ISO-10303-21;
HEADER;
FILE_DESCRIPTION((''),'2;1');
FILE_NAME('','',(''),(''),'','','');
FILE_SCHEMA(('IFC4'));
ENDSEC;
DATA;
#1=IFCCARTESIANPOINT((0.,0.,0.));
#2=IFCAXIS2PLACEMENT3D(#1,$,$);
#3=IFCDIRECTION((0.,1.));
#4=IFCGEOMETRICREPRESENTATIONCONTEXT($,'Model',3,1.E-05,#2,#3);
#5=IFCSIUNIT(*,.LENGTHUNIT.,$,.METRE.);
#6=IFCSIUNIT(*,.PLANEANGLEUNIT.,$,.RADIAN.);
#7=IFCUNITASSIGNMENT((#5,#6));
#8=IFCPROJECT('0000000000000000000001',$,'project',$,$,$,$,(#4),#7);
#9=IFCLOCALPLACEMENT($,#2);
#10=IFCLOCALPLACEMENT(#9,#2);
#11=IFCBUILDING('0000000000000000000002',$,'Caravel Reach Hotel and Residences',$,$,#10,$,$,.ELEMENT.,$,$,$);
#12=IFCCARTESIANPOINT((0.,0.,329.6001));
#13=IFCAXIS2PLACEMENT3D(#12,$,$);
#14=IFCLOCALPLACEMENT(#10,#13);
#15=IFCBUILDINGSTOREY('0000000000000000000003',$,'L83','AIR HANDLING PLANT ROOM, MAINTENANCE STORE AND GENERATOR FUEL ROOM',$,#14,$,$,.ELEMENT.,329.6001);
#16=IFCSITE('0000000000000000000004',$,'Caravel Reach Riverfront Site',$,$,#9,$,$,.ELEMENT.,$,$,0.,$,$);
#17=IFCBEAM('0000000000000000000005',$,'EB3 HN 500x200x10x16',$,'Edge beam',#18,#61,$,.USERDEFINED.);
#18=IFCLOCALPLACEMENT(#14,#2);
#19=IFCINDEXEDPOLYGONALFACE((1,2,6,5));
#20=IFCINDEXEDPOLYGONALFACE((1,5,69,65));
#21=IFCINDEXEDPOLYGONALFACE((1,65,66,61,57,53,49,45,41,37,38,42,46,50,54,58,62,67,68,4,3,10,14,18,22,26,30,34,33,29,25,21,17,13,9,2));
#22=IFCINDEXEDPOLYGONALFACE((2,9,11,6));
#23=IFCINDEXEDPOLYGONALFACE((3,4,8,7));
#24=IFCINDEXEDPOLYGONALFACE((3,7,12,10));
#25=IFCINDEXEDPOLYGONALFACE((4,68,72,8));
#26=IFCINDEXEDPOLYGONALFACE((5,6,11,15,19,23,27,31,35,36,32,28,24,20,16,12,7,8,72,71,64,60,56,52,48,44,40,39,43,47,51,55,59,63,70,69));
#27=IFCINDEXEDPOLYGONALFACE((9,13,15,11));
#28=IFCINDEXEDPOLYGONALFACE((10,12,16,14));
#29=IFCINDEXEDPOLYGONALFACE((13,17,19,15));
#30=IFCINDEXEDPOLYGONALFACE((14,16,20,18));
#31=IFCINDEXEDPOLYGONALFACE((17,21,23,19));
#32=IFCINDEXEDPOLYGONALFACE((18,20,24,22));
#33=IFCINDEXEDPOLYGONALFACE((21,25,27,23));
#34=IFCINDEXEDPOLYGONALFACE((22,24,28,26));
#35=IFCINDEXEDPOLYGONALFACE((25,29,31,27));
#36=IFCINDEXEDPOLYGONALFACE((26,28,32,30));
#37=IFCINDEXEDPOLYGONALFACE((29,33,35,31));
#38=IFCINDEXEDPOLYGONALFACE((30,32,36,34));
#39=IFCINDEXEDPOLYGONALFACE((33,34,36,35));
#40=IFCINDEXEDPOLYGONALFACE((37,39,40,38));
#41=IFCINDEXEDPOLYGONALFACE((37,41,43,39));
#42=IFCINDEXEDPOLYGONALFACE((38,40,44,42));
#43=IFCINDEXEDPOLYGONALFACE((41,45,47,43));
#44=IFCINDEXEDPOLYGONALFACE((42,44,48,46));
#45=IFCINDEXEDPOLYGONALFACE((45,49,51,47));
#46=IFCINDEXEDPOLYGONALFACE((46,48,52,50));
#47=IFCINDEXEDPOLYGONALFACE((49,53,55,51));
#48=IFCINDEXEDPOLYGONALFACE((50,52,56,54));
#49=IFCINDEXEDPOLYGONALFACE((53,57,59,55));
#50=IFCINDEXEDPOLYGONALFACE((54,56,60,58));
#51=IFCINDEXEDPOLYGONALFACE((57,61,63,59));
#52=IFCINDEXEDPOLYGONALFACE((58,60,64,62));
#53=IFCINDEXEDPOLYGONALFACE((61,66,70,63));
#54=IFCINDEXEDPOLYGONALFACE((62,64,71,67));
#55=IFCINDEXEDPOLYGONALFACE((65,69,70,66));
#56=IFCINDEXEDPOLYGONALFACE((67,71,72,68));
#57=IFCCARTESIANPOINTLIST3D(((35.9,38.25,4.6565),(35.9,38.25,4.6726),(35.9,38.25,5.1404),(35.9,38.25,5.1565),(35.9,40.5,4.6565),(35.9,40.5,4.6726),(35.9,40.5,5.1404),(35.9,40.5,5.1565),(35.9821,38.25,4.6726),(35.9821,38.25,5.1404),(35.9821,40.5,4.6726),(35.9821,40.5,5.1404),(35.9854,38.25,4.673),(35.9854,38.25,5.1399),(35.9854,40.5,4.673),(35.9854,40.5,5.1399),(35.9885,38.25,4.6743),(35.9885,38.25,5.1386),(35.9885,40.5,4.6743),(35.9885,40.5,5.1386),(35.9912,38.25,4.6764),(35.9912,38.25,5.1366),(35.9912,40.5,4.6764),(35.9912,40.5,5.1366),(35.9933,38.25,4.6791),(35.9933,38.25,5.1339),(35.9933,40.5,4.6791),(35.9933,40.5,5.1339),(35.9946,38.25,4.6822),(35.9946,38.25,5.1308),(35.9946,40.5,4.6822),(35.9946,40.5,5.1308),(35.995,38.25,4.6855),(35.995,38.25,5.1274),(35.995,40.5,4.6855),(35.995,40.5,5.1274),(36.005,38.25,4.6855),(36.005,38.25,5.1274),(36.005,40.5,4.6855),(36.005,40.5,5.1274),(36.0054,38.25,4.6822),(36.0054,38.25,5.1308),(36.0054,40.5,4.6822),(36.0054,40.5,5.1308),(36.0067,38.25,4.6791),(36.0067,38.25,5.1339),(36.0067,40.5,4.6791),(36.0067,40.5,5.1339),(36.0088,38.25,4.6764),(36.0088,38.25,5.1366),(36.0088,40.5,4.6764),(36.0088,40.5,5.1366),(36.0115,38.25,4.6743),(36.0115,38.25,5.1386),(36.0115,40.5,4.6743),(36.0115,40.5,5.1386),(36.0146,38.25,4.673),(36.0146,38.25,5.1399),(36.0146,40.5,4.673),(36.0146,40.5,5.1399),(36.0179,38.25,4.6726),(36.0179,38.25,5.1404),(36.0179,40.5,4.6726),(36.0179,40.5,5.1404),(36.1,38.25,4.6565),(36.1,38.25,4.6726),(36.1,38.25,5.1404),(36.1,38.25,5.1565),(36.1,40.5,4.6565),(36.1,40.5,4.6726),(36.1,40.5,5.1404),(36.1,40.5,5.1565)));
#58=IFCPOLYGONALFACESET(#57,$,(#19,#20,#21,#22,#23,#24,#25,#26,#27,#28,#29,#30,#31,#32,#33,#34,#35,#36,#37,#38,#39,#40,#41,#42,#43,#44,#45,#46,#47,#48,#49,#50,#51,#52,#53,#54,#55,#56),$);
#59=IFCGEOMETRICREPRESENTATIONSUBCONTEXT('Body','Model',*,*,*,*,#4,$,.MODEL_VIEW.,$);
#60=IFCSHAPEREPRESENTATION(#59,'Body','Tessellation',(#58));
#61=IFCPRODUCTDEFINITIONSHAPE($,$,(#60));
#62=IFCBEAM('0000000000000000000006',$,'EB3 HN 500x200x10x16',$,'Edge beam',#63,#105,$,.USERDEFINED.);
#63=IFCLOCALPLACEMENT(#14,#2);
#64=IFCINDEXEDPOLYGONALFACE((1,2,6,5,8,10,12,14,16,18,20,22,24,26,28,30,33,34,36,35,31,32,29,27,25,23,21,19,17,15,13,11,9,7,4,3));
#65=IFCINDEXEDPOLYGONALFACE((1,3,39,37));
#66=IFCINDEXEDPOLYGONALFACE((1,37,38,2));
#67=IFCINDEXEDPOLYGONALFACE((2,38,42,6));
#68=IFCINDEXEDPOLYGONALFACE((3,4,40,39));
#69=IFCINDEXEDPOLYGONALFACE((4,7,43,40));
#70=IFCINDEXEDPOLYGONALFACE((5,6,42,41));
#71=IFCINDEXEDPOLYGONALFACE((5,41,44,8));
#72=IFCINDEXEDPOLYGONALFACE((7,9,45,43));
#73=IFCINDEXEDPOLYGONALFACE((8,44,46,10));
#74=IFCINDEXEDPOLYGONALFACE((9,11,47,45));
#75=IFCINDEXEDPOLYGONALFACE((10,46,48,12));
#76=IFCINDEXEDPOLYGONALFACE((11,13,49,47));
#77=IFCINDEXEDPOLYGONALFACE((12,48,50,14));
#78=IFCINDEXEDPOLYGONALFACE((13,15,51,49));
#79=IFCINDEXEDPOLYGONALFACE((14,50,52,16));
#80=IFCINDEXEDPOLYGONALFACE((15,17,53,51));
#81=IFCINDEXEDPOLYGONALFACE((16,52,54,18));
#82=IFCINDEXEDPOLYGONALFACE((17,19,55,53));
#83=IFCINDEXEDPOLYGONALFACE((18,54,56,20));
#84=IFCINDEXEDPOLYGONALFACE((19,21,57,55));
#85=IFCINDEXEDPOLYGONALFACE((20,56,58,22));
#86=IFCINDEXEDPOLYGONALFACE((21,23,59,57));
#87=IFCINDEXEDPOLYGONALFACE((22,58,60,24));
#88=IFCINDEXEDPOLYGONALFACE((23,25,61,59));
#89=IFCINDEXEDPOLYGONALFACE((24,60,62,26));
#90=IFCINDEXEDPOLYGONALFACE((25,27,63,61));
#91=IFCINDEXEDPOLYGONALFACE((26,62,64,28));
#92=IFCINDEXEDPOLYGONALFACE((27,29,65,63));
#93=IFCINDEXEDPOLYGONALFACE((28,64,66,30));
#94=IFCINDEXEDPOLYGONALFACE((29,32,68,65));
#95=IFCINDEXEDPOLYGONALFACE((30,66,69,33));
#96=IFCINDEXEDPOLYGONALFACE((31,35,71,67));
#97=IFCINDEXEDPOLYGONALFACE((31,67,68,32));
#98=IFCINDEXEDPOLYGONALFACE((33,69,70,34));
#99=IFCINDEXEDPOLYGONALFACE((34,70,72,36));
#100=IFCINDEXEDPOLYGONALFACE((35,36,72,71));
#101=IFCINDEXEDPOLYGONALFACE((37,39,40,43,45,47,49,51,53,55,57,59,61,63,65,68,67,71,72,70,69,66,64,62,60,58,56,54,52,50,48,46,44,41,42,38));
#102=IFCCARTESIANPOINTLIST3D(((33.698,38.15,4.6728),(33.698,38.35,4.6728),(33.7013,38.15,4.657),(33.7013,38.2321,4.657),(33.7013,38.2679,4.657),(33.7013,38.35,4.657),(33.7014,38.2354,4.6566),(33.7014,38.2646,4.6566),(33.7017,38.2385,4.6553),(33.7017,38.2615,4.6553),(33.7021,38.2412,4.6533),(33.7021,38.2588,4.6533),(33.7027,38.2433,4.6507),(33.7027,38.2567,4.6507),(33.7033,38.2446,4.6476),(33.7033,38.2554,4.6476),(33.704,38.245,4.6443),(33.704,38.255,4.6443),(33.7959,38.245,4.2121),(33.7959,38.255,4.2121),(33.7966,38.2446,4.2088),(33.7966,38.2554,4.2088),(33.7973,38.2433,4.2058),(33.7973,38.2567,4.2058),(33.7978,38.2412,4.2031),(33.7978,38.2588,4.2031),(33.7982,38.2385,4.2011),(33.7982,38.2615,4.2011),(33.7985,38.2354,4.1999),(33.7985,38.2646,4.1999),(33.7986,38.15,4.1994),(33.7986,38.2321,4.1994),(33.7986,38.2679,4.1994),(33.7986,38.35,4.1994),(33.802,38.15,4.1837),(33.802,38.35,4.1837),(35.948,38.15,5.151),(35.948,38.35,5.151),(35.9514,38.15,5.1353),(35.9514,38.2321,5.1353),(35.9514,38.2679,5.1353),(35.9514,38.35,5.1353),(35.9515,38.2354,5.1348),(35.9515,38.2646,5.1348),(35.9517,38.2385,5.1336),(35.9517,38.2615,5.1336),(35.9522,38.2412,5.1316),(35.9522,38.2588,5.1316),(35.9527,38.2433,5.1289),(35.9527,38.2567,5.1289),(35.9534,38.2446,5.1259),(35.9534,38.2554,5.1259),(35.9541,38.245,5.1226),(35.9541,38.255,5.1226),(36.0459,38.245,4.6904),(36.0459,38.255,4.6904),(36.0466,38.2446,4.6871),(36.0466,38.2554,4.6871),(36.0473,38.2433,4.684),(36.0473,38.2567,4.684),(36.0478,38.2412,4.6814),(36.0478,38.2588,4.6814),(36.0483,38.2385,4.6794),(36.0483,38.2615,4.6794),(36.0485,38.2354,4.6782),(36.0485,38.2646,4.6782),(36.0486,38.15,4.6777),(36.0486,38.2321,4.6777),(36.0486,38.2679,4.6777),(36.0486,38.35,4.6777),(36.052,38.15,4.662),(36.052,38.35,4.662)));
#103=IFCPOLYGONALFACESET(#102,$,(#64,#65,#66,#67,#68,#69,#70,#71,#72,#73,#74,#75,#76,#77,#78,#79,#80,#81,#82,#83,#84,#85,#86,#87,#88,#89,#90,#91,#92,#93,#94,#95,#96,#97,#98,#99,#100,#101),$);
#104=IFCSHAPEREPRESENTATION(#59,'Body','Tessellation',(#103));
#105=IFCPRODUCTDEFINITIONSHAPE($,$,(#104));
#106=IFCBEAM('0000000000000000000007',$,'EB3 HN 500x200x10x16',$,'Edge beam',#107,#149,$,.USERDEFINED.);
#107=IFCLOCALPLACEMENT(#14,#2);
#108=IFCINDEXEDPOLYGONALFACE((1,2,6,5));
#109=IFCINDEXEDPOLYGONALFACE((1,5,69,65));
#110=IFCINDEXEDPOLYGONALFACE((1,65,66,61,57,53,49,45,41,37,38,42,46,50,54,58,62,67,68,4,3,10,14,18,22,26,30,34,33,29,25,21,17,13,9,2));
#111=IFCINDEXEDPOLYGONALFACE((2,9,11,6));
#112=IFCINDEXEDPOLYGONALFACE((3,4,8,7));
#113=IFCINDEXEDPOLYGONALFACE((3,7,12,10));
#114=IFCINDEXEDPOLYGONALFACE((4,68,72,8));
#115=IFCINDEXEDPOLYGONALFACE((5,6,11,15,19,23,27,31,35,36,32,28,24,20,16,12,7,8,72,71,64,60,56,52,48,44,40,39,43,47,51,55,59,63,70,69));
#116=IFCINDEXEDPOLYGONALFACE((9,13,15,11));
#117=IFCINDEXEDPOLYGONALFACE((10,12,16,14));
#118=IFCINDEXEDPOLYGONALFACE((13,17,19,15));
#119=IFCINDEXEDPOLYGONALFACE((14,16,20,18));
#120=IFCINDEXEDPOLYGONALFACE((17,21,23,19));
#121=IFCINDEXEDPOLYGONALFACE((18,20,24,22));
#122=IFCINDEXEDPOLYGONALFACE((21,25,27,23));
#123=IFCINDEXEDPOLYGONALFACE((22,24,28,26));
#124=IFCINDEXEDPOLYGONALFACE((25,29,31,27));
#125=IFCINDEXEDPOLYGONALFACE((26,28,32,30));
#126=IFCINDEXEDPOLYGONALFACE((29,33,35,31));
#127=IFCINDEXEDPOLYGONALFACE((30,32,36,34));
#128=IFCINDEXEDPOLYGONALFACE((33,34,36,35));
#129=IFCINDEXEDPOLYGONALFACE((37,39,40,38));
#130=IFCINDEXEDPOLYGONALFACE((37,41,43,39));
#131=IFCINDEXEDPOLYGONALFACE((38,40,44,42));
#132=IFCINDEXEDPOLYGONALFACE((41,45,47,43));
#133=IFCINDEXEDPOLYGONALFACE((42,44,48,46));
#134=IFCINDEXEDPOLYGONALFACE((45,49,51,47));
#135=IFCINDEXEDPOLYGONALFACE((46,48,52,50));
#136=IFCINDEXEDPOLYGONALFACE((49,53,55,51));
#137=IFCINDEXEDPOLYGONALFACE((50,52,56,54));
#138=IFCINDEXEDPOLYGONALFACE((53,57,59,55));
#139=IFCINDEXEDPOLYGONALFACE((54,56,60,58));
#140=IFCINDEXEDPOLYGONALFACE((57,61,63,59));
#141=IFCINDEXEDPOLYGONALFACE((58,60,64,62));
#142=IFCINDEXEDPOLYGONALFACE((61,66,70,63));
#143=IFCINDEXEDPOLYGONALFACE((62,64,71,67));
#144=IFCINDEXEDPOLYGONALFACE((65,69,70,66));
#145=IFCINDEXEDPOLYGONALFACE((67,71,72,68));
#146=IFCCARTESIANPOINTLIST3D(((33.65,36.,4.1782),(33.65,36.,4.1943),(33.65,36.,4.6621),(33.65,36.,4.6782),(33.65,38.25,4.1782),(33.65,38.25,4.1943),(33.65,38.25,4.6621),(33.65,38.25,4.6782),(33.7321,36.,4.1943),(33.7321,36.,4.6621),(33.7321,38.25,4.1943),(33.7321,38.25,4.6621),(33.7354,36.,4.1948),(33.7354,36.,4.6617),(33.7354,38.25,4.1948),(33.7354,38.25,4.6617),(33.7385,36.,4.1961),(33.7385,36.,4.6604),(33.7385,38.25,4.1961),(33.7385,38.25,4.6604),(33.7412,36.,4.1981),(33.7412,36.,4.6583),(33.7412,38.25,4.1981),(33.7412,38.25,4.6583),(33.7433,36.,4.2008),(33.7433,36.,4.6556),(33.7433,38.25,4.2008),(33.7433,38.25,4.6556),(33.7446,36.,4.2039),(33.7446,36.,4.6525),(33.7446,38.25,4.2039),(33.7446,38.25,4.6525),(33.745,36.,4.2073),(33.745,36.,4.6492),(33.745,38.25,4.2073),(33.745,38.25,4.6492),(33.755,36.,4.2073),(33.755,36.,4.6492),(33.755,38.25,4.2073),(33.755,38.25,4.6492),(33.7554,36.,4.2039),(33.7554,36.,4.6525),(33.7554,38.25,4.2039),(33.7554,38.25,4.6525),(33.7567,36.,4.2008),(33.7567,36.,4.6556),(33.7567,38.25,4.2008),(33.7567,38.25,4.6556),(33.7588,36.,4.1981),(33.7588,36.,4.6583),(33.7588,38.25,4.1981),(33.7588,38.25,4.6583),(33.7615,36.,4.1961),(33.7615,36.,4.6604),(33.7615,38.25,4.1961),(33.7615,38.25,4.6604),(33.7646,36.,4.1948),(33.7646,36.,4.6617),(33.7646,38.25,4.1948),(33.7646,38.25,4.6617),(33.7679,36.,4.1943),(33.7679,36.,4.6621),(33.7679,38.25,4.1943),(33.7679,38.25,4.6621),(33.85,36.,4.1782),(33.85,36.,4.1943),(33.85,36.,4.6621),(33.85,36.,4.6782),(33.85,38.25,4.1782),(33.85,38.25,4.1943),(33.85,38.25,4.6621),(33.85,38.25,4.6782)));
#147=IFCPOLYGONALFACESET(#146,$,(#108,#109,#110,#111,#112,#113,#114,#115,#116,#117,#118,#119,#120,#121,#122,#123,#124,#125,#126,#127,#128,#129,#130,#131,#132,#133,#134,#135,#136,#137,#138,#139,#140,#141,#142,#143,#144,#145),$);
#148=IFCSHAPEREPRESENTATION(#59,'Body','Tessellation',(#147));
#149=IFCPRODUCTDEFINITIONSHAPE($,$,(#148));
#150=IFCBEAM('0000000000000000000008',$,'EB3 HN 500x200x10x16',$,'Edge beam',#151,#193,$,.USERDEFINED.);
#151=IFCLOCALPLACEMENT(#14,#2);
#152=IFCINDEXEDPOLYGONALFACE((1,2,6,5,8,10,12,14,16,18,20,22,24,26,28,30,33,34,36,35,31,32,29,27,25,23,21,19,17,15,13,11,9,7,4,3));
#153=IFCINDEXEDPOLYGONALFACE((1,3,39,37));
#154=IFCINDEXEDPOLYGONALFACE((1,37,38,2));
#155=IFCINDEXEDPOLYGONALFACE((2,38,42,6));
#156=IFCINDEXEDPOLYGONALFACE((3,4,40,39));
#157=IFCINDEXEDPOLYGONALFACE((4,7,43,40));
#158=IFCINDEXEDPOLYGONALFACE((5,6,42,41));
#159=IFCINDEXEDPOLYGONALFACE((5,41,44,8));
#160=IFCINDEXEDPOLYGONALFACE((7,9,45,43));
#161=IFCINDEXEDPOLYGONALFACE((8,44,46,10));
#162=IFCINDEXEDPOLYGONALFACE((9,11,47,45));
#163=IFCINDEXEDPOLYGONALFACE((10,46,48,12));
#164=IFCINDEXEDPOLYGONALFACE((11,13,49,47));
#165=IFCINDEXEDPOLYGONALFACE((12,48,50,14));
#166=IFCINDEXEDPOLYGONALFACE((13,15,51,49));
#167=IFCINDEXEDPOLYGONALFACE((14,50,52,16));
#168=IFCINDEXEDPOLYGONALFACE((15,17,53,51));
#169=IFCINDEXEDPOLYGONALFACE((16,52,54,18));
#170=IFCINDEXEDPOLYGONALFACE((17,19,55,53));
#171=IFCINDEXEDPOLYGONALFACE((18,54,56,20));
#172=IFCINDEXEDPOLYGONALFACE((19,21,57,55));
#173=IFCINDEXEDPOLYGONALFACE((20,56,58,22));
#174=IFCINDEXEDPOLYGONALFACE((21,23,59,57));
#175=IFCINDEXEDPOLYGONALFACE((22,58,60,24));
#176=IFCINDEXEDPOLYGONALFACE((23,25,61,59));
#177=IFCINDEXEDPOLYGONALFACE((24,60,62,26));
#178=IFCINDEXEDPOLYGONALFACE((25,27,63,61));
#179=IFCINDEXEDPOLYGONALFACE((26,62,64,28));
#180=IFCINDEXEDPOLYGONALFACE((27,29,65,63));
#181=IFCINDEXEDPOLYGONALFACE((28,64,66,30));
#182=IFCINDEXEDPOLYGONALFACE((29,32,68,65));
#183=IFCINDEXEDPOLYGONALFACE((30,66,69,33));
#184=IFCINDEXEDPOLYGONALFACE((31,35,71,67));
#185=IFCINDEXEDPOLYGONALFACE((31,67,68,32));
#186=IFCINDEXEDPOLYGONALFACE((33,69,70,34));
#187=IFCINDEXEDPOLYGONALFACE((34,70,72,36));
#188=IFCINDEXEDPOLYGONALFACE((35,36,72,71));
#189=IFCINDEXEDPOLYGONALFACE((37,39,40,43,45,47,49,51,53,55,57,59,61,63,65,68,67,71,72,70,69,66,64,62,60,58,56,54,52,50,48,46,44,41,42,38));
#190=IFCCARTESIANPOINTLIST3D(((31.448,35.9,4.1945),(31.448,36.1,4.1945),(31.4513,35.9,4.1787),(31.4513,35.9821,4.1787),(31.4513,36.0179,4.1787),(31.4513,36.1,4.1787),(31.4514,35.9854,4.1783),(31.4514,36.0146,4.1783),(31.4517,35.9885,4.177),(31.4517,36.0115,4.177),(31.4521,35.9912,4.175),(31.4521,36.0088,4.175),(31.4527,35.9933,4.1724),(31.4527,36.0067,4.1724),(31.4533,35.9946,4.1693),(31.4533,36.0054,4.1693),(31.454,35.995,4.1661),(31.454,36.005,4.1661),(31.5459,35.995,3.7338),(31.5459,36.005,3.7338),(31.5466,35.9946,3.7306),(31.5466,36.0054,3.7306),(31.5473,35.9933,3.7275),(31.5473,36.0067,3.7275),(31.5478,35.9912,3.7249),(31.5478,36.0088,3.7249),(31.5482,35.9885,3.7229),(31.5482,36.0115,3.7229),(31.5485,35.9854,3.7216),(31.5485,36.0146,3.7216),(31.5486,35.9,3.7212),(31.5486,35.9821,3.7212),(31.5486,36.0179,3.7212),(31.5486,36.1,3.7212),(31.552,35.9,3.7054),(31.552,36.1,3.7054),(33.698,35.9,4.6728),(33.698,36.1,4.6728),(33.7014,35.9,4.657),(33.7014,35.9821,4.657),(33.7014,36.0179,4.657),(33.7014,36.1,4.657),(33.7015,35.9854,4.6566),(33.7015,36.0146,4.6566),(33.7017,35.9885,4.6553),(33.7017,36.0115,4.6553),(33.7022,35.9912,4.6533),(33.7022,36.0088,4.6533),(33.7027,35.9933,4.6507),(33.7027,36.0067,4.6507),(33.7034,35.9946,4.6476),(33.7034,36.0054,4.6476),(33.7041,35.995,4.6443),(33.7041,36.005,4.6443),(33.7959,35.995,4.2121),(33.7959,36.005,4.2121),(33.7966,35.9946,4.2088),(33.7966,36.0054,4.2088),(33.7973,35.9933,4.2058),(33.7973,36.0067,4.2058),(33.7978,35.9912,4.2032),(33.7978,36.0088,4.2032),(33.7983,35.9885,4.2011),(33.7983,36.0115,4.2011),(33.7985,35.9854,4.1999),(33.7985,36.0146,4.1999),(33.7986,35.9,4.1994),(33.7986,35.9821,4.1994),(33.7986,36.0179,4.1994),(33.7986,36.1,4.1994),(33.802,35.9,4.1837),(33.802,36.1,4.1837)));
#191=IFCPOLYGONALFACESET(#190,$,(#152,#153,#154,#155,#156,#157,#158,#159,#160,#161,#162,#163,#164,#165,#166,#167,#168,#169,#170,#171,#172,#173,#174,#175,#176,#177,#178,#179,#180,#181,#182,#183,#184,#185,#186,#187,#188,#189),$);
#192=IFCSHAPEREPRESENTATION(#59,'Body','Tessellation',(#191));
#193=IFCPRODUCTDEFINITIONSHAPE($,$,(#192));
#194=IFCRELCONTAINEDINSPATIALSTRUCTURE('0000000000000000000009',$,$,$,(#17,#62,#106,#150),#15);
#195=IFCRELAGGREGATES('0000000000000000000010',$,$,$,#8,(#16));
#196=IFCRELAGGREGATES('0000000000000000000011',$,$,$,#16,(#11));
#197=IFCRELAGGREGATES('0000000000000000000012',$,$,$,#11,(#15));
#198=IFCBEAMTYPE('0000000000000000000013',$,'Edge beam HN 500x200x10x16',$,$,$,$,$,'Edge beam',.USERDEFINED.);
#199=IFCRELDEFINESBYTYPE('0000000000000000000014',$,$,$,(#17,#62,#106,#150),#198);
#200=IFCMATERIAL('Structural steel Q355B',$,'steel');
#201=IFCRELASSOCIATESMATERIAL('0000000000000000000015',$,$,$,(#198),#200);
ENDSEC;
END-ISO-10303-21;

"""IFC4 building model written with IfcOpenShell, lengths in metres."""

from ifc_helpers import new_model, si_unit, direction, frame, origin, origin_2d, place, context, subcontext, project, spatial, i_section, extrude, material, material_profile, profile_set, type_object, element, save


model = new_model("IFC4")

# Units and contexts
model_context = context("Model", 3, precision=1e-05, world=origin(), true_north=direction((0.0, 1.0)))
body_context = subcontext(model_context, "Body", "Model", "MODEL_VIEW")
ifc_project = project(units=[si_unit("LENGTHUNIT", "METRE"), si_unit("PLANEANGLEUNIT", "RADIAN")], contexts=[model_context])

# Site, building, storey
site_placement = place(None, origin())
site = spatial("IfcSite", under=ifc_project, at=site_placement, Name="Caravel Reach Riverfront Site", CompositionType="ELEMENT", RefElevation=0.0)
building_placement = place(site_placement, origin())
building = spatial("IfcBuilding", under=site, at=building_placement, Name="Caravel Reach Hotel and Residences", CompositionType="ELEMENT")
storey_placement = place(building_placement, frame((0.0, 0.0, 329.6001)))
storey = spatial("IfcBuildingStorey", under=building, at=storey_placement, Name="L83", Description="AIR HANDLING PLANT ROOM, MAINTENANCE STORE AND GENERATOR FUEL ROOM", CompositionType="ELEMENT", Elevation=329.6001)

# Beams
ifc_material_1 = material(Name="Structural steel Q355B", Category="steel")
ifc_material_profile_1 = material_profile(ifc_material_1, i_section(OverallWidth=0.2, OverallDepth=0.5, WebThickness=0.01, FlangeThickness=0.0161, FilletRadius=0.0129, at=origin_2d()), Name="HN 500x200x10x16")
ifc_profile_set_1 = profile_set([ifc_material_profile_1], Name="Structural steel Q355B")
beam_type_1 = type_object("IfcBeamType", Name="Edge beam HN 500x200x10x16", ElementType="Edge beam", PredefinedType="USERDEFINED", material=ifc_profile_set_1)
beam_1_placement = place(storey_placement, frame((36.0, 40.5, 4.9065), z_axis=(0.0, -1.0, 0.0), x_axis=(1.0, 0.0, 0.0)))
element("IfcBeam", 1, at=beam_1_placement, inside=storey, type_object=beam_type_1, Name="EB3 HN 500x200x10x16", ObjectType="Edge beam", PredefinedType="USERDEFINED", context=body_context, shape_type="SweptSolid", body=[
    extrude(i_section(OverallWidth=0.2, OverallDepth=0.5, WebThickness=0.01, FlangeThickness=0.0161, FilletRadius=0.0129, at=origin_2d()), origin(), (0.0, 0.0, 1.0), 2.25),
])
beam_2_placement = place(storey_placement, frame((36.0, 38.25, 4.9065), z_axis=(-0.978146, 0.0, -0.20792), x_axis=(0.0, -1.0, 0.0)))
element("IfcBeam", 2, at=beam_2_placement, inside=storey, type_object=beam_type_1, Name="EB3 HN 500x200x10x16", ObjectType="Edge beam", PredefinedType="USERDEFINED", context=body_context, shape_type="SweptSolid", body=[
    extrude(i_section(OverallWidth=0.2, OverallDepth=0.5, WebThickness=0.01, FlangeThickness=0.0161, FilletRadius=0.0129, at=origin_2d()), origin(), (0.0, 0.0, 1.0), 2.3003),
])
beam_3_placement = place(storey_placement, frame((33.75, 38.25, 4.4282), z_axis=(0.0, -1.0, 0.0), x_axis=(1.0, 0.0, 0.0)))
element("IfcBeam", 3, at=beam_3_placement, inside=storey, type_object=beam_type_1, Name="EB3 HN 500x200x10x16", ObjectType="Edge beam", PredefinedType="USERDEFINED", context=body_context, shape_type="SweptSolid", body=[
    extrude(i_section(OverallWidth=0.2, OverallDepth=0.5, WebThickness=0.01, FlangeThickness=0.0161, FilletRadius=0.0129, at=origin_2d()), origin(), (0.0, 0.0, 1.0), 2.25),
])
beam_4_placement = place(storey_placement, frame((33.75, 36.0, 4.4282), z_axis=(-0.978146, 0.0, -0.20792), x_axis=(0.0, -1.0, 0.0)))
element("IfcBeam", 4, at=beam_4_placement, inside=storey, type_object=beam_type_1, Name="EB3 HN 500x200x10x16", ObjectType="Edge beam", PredefinedType="USERDEFINED", context=body_context, shape_type="SweptSolid", body=[
    extrude(i_section(OverallWidth=0.2, OverallDepth=0.5, WebThickness=0.01, FlangeThickness=0.0161, FilletRadius=0.0129, at=origin_2d()), origin(), (0.0, 0.0, 1.0), 2.3003),
])

save(model, "model.ifc")
